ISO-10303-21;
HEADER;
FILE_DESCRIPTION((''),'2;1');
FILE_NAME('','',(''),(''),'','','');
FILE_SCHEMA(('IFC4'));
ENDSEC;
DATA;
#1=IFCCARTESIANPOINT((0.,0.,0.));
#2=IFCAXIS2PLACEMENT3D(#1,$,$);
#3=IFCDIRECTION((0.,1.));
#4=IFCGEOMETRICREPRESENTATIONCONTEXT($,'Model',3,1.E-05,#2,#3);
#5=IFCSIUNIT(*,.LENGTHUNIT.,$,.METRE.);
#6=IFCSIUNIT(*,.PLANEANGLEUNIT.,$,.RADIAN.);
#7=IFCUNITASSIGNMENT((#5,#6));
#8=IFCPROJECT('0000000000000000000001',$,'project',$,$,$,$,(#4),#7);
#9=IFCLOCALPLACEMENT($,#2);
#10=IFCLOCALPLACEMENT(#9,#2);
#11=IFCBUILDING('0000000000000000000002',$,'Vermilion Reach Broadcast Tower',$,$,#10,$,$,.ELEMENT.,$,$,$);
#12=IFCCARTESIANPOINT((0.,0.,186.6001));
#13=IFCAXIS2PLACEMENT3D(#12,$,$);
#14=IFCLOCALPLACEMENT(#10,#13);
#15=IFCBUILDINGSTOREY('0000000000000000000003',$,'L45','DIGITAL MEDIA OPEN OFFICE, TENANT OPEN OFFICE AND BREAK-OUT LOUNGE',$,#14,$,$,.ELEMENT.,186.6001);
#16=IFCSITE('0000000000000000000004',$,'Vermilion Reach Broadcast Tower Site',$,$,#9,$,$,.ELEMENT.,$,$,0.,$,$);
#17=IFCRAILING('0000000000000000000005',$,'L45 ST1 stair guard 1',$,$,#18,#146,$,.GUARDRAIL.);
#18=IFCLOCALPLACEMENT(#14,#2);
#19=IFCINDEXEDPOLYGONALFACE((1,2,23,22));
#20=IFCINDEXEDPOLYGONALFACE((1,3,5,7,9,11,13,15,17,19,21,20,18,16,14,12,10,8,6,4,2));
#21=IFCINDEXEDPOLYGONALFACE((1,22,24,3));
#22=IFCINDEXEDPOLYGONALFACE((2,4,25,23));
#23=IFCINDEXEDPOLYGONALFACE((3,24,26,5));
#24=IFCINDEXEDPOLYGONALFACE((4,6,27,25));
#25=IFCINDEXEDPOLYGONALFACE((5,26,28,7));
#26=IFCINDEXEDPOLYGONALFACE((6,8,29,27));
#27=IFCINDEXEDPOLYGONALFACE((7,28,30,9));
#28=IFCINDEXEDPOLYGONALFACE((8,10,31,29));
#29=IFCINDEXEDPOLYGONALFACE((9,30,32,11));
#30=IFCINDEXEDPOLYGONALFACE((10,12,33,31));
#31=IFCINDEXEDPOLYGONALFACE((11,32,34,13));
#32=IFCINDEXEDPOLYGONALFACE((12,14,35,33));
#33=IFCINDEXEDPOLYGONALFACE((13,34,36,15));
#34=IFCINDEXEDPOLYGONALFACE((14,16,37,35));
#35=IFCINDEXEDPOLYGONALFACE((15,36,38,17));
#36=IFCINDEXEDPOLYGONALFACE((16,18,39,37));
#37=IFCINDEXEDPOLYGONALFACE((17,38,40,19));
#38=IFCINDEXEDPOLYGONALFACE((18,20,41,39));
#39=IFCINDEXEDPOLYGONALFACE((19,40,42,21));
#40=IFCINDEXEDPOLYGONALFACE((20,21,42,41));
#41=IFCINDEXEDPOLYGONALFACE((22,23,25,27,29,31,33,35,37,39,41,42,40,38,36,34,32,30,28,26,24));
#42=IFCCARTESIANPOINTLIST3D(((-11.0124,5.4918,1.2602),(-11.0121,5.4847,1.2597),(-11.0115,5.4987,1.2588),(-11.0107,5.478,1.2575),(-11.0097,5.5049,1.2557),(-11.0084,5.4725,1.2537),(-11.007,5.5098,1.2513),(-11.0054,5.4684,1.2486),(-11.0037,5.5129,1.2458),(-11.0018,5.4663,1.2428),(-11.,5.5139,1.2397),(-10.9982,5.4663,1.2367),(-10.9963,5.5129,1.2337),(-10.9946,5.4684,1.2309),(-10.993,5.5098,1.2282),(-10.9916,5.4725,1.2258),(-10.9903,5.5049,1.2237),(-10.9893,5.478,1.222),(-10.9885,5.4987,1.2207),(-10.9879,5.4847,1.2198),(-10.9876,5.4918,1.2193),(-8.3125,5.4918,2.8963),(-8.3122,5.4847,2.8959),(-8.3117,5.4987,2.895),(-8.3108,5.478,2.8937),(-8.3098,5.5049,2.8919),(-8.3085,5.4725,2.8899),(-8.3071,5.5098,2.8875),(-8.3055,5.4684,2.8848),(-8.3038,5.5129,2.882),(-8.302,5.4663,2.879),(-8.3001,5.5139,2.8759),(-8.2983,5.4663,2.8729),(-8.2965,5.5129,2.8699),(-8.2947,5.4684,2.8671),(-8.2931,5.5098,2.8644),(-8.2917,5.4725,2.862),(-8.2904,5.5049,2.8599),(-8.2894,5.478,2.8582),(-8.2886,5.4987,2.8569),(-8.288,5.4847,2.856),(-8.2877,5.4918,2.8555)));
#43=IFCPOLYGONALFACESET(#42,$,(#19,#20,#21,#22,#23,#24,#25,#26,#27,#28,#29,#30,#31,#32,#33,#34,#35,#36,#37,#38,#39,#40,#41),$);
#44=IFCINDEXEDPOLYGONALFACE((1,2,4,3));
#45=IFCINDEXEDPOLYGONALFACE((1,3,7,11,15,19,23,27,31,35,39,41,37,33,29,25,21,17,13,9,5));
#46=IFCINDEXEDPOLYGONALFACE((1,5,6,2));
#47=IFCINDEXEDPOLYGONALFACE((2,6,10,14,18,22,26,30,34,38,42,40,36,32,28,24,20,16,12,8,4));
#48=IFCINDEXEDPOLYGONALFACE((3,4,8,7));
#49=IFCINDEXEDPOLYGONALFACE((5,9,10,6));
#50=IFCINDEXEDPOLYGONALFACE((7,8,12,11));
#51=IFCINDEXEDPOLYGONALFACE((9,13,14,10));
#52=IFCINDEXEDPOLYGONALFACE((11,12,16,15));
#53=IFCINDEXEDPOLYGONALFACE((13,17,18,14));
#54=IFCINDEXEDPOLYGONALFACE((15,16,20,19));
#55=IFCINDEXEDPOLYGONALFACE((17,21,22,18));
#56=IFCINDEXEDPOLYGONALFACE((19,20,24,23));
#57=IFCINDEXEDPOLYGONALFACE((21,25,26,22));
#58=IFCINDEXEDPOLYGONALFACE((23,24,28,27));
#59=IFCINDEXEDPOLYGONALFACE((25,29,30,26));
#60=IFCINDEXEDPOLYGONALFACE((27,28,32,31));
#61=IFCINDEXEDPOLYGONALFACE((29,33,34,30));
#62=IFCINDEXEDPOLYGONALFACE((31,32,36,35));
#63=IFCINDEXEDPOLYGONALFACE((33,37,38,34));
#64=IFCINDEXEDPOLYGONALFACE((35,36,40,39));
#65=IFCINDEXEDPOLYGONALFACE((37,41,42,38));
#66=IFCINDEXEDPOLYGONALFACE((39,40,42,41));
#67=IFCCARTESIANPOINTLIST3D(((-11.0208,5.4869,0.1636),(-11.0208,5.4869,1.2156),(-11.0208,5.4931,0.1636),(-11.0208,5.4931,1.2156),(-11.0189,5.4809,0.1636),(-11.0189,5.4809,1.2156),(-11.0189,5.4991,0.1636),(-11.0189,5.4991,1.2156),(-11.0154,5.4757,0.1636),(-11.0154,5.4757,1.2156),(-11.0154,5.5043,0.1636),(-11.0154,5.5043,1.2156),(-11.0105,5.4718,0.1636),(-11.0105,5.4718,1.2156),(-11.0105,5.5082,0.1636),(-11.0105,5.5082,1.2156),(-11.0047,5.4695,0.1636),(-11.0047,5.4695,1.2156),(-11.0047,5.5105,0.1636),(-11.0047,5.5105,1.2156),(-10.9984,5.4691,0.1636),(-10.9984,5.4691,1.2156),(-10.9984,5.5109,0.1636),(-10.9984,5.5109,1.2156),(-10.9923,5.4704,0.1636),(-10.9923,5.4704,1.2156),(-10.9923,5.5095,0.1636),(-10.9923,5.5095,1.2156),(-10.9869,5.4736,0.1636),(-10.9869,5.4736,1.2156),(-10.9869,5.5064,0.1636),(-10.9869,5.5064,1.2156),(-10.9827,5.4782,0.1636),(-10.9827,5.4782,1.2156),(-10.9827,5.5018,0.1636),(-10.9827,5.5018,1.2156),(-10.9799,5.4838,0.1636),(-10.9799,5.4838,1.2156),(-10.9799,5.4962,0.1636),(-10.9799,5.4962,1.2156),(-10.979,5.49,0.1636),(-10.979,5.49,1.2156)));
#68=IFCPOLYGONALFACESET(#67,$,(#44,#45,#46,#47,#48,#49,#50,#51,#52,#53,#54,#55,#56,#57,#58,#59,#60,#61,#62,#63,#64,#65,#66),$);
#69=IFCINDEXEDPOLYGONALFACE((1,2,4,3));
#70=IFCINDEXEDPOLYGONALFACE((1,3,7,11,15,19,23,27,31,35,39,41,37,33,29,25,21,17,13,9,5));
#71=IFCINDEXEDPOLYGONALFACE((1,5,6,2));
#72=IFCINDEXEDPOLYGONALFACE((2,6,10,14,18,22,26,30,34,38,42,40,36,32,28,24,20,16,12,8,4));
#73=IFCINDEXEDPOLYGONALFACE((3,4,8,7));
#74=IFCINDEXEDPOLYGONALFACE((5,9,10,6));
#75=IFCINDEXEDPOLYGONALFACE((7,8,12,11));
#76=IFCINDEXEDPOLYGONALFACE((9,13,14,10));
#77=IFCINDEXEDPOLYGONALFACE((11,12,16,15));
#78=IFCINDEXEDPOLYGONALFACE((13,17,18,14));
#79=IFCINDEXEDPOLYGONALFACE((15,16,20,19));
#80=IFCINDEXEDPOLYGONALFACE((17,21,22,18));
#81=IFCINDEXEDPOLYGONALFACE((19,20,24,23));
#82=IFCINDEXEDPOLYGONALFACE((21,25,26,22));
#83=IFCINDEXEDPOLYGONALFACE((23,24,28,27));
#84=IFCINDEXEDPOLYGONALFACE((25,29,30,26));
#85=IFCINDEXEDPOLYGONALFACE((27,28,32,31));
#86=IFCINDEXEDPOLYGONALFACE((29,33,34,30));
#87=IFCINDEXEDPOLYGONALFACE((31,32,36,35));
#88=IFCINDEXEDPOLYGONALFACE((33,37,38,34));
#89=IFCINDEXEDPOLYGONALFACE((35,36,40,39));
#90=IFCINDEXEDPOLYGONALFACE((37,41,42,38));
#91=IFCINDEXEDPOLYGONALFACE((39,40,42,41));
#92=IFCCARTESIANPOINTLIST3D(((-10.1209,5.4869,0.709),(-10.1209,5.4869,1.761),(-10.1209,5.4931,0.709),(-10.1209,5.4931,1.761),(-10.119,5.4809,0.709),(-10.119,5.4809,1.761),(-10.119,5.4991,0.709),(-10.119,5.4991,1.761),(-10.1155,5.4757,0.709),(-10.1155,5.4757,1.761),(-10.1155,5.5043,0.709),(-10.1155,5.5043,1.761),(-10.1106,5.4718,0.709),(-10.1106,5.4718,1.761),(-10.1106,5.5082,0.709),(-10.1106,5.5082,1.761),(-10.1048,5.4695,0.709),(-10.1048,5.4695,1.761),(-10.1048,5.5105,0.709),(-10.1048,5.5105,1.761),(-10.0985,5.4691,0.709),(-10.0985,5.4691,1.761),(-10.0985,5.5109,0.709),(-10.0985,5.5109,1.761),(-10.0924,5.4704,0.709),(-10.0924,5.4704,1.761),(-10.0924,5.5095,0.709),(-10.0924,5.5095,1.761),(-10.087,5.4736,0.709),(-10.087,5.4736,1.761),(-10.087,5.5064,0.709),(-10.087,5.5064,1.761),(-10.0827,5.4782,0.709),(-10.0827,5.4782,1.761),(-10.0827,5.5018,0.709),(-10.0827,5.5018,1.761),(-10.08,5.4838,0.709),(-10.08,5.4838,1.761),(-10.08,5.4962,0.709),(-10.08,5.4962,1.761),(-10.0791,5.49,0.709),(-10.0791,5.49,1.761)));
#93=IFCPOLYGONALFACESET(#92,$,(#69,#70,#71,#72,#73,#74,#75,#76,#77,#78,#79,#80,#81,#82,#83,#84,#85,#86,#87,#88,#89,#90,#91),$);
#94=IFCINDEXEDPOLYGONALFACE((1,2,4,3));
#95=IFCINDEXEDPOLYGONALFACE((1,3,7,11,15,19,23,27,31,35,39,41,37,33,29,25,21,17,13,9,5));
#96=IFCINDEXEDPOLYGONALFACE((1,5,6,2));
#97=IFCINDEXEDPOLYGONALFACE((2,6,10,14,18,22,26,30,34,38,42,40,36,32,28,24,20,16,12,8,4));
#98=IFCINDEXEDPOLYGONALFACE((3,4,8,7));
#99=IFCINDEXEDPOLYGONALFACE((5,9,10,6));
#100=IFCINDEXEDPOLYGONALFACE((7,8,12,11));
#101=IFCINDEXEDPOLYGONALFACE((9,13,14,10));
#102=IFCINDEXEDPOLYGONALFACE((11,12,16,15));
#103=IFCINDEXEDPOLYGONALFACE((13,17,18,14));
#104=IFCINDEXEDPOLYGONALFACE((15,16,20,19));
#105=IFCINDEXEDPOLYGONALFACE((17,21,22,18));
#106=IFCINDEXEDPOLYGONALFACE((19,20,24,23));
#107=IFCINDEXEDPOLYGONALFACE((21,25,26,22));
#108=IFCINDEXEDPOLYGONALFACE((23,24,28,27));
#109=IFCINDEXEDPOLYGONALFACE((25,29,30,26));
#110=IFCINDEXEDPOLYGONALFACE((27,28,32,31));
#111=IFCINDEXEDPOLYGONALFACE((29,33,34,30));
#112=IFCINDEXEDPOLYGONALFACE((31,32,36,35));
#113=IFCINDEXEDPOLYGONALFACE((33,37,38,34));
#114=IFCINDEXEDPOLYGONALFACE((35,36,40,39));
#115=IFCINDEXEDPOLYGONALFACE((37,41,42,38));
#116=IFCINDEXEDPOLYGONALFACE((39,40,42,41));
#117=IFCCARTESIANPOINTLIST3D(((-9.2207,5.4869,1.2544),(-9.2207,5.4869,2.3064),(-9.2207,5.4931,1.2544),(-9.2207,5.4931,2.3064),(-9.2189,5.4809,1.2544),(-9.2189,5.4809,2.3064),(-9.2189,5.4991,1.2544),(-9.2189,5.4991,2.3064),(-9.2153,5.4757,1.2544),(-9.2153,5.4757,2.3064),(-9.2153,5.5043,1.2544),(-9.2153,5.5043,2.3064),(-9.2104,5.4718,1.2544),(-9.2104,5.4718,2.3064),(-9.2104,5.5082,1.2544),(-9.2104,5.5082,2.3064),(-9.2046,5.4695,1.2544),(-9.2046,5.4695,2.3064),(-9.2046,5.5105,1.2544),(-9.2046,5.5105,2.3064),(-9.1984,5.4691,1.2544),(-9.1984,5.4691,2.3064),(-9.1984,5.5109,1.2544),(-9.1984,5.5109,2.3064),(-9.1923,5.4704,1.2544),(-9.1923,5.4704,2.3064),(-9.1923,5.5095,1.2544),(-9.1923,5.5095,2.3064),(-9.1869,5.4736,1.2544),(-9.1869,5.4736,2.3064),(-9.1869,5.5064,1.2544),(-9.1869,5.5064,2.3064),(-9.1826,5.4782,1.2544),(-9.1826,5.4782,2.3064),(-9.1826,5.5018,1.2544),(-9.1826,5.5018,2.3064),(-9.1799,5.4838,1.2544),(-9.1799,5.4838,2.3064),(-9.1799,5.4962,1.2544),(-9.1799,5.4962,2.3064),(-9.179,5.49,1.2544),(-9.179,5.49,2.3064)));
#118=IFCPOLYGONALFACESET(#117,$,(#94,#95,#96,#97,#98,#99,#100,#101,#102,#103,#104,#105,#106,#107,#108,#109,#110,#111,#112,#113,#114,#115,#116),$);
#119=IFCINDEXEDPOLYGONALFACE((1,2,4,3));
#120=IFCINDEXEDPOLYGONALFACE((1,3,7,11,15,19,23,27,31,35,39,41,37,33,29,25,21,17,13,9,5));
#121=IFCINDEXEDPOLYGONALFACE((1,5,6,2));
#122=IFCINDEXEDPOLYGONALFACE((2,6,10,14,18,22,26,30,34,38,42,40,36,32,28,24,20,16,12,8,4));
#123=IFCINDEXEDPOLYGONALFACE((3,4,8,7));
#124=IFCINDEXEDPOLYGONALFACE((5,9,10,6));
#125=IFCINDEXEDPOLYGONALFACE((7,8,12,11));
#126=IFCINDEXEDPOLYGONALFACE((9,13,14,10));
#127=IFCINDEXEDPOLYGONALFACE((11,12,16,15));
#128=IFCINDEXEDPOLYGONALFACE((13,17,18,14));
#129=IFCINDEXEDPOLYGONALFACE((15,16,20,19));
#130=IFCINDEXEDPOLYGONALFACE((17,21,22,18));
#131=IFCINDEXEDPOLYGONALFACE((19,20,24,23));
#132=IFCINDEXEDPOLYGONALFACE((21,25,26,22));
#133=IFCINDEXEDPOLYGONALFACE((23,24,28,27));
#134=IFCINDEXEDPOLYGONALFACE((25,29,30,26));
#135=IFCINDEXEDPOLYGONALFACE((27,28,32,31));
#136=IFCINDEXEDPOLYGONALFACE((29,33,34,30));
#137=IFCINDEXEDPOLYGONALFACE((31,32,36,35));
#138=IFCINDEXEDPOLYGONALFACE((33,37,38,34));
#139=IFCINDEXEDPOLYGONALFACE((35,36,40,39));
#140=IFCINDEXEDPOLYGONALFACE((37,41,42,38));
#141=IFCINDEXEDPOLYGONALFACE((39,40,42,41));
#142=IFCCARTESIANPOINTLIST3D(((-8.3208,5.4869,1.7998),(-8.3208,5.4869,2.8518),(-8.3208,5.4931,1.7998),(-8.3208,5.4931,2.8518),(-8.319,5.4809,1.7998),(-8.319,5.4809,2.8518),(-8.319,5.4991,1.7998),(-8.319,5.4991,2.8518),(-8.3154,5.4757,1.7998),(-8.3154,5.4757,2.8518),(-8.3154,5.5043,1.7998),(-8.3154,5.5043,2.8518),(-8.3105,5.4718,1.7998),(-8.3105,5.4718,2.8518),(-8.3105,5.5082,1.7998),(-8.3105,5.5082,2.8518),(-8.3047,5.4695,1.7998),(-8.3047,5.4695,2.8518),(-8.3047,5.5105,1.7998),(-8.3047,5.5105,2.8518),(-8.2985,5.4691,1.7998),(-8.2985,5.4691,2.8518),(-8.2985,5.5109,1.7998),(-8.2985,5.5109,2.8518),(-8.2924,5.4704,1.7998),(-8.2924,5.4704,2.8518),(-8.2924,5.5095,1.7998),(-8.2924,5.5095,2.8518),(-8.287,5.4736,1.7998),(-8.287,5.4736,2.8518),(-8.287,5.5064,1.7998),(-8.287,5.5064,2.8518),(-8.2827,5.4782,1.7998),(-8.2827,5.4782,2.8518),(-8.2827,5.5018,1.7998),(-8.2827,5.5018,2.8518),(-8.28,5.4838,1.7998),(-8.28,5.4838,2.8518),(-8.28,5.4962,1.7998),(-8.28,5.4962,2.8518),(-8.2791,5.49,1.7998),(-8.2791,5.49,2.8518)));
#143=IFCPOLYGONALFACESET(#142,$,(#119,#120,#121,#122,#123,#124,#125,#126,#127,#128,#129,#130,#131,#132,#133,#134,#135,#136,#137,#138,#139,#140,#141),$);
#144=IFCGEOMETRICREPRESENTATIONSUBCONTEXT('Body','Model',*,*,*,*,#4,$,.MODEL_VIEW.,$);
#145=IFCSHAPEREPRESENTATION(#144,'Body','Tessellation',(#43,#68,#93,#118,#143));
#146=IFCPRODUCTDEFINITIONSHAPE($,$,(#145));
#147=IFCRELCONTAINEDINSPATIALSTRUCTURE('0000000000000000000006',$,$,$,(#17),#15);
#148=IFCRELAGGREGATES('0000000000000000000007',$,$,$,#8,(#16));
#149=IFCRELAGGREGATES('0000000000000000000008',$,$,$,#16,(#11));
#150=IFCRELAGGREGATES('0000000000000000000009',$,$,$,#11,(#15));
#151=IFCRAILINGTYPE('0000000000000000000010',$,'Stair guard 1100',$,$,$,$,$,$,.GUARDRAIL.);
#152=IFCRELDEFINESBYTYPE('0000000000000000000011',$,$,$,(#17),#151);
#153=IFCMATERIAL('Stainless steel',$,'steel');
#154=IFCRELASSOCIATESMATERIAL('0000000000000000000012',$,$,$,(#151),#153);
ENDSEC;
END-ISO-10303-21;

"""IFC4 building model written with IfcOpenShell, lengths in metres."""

from ifc_helpers import new_model, si_unit, direction, frame, origin, origin_2d, place, context, subcontext, project, spatial, circle, extrude, material, type_object, element, save


model = new_model("IFC4")

# Units and contexts
model_context = context("Model", 3, precision=1e-05, world=origin(), true_north=direction((0.0, 1.0)))
body_context = subcontext(model_context, "Body", "Model", "MODEL_VIEW")
ifc_project = project(units=[si_unit("LENGTHUNIT", "METRE"), si_unit("PLANEANGLEUNIT", "RADIAN")], contexts=[model_context])

# Site, building, storey
site_placement = place(None, origin())
site = spatial("IfcSite", under=ifc_project, at=site_placement, Name="Vermilion Reach Broadcast Tower Site", CompositionType="ELEMENT", RefElevation=0.0)
building_placement = place(site_placement, origin())
building = spatial("IfcBuilding", under=site, at=building_placement, Name="Vermilion Reach Broadcast Tower", CompositionType="ELEMENT")
storey_placement = place(building_placement, frame((0.0, 0.0, 186.6001)))
storey = spatial("IfcBuildingStorey", under=building, at=storey_placement, Name="L45", Description="DIGITAL MEDIA OPEN OFFICE, TENANT OPEN OFFICE AND BREAK-OUT LOUNGE", CompositionType="ELEMENT", Elevation=186.6001)

# Railing
ifc_material_1 = material(Name="Stainless steel", Category="steel")
railing_type_1 = type_object("IfcRailingType", Name="Stair guard 1100", PredefinedType="GUARDRAIL", material=ifc_material_1)
railing_1_placement = place(storey_placement, frame((-11.0, 5.49, 0.1636)))
element("IfcRailing", 1, at=railing_1_placement, inside=storey, type_object=railing_type_1, Name="L45 ST1 stair guard 1", PredefinedType="GUARDRAIL", context=body_context, shape_type="SweptSolid", body=[
    extrude(circle(Radius=0.0239, at=origin_2d()), frame((0.0, 0.0, 1.0762), z_axis=(0.855212, 0.0, 0.518278), x_axis=(0.0, 1.0, 0.0)), (0.0, 0.0, 1.0), 3.157),
    extrude(circle(Radius=0.021, at=origin_2d()), origin(), (0.0, 0.0, 1.0), 1.052),
    extrude(circle(Radius=0.021, at=origin_2d()), frame((0.8999, 0.0, 0.5454)), (0.0, 0.0, 1.0), 1.052),
    extrude(circle(Radius=0.021, at=origin_2d()), frame((1.8, 0.0, 1.0908)), (0.0, 0.0, 1.0), 1.052),
    extrude(circle(Radius=0.021, at=origin_2d()), frame((2.7, 0.0, 1.6362)), (0.0, 0.0, 1.0), 1.052),
])

save(model, "model.ifc")
